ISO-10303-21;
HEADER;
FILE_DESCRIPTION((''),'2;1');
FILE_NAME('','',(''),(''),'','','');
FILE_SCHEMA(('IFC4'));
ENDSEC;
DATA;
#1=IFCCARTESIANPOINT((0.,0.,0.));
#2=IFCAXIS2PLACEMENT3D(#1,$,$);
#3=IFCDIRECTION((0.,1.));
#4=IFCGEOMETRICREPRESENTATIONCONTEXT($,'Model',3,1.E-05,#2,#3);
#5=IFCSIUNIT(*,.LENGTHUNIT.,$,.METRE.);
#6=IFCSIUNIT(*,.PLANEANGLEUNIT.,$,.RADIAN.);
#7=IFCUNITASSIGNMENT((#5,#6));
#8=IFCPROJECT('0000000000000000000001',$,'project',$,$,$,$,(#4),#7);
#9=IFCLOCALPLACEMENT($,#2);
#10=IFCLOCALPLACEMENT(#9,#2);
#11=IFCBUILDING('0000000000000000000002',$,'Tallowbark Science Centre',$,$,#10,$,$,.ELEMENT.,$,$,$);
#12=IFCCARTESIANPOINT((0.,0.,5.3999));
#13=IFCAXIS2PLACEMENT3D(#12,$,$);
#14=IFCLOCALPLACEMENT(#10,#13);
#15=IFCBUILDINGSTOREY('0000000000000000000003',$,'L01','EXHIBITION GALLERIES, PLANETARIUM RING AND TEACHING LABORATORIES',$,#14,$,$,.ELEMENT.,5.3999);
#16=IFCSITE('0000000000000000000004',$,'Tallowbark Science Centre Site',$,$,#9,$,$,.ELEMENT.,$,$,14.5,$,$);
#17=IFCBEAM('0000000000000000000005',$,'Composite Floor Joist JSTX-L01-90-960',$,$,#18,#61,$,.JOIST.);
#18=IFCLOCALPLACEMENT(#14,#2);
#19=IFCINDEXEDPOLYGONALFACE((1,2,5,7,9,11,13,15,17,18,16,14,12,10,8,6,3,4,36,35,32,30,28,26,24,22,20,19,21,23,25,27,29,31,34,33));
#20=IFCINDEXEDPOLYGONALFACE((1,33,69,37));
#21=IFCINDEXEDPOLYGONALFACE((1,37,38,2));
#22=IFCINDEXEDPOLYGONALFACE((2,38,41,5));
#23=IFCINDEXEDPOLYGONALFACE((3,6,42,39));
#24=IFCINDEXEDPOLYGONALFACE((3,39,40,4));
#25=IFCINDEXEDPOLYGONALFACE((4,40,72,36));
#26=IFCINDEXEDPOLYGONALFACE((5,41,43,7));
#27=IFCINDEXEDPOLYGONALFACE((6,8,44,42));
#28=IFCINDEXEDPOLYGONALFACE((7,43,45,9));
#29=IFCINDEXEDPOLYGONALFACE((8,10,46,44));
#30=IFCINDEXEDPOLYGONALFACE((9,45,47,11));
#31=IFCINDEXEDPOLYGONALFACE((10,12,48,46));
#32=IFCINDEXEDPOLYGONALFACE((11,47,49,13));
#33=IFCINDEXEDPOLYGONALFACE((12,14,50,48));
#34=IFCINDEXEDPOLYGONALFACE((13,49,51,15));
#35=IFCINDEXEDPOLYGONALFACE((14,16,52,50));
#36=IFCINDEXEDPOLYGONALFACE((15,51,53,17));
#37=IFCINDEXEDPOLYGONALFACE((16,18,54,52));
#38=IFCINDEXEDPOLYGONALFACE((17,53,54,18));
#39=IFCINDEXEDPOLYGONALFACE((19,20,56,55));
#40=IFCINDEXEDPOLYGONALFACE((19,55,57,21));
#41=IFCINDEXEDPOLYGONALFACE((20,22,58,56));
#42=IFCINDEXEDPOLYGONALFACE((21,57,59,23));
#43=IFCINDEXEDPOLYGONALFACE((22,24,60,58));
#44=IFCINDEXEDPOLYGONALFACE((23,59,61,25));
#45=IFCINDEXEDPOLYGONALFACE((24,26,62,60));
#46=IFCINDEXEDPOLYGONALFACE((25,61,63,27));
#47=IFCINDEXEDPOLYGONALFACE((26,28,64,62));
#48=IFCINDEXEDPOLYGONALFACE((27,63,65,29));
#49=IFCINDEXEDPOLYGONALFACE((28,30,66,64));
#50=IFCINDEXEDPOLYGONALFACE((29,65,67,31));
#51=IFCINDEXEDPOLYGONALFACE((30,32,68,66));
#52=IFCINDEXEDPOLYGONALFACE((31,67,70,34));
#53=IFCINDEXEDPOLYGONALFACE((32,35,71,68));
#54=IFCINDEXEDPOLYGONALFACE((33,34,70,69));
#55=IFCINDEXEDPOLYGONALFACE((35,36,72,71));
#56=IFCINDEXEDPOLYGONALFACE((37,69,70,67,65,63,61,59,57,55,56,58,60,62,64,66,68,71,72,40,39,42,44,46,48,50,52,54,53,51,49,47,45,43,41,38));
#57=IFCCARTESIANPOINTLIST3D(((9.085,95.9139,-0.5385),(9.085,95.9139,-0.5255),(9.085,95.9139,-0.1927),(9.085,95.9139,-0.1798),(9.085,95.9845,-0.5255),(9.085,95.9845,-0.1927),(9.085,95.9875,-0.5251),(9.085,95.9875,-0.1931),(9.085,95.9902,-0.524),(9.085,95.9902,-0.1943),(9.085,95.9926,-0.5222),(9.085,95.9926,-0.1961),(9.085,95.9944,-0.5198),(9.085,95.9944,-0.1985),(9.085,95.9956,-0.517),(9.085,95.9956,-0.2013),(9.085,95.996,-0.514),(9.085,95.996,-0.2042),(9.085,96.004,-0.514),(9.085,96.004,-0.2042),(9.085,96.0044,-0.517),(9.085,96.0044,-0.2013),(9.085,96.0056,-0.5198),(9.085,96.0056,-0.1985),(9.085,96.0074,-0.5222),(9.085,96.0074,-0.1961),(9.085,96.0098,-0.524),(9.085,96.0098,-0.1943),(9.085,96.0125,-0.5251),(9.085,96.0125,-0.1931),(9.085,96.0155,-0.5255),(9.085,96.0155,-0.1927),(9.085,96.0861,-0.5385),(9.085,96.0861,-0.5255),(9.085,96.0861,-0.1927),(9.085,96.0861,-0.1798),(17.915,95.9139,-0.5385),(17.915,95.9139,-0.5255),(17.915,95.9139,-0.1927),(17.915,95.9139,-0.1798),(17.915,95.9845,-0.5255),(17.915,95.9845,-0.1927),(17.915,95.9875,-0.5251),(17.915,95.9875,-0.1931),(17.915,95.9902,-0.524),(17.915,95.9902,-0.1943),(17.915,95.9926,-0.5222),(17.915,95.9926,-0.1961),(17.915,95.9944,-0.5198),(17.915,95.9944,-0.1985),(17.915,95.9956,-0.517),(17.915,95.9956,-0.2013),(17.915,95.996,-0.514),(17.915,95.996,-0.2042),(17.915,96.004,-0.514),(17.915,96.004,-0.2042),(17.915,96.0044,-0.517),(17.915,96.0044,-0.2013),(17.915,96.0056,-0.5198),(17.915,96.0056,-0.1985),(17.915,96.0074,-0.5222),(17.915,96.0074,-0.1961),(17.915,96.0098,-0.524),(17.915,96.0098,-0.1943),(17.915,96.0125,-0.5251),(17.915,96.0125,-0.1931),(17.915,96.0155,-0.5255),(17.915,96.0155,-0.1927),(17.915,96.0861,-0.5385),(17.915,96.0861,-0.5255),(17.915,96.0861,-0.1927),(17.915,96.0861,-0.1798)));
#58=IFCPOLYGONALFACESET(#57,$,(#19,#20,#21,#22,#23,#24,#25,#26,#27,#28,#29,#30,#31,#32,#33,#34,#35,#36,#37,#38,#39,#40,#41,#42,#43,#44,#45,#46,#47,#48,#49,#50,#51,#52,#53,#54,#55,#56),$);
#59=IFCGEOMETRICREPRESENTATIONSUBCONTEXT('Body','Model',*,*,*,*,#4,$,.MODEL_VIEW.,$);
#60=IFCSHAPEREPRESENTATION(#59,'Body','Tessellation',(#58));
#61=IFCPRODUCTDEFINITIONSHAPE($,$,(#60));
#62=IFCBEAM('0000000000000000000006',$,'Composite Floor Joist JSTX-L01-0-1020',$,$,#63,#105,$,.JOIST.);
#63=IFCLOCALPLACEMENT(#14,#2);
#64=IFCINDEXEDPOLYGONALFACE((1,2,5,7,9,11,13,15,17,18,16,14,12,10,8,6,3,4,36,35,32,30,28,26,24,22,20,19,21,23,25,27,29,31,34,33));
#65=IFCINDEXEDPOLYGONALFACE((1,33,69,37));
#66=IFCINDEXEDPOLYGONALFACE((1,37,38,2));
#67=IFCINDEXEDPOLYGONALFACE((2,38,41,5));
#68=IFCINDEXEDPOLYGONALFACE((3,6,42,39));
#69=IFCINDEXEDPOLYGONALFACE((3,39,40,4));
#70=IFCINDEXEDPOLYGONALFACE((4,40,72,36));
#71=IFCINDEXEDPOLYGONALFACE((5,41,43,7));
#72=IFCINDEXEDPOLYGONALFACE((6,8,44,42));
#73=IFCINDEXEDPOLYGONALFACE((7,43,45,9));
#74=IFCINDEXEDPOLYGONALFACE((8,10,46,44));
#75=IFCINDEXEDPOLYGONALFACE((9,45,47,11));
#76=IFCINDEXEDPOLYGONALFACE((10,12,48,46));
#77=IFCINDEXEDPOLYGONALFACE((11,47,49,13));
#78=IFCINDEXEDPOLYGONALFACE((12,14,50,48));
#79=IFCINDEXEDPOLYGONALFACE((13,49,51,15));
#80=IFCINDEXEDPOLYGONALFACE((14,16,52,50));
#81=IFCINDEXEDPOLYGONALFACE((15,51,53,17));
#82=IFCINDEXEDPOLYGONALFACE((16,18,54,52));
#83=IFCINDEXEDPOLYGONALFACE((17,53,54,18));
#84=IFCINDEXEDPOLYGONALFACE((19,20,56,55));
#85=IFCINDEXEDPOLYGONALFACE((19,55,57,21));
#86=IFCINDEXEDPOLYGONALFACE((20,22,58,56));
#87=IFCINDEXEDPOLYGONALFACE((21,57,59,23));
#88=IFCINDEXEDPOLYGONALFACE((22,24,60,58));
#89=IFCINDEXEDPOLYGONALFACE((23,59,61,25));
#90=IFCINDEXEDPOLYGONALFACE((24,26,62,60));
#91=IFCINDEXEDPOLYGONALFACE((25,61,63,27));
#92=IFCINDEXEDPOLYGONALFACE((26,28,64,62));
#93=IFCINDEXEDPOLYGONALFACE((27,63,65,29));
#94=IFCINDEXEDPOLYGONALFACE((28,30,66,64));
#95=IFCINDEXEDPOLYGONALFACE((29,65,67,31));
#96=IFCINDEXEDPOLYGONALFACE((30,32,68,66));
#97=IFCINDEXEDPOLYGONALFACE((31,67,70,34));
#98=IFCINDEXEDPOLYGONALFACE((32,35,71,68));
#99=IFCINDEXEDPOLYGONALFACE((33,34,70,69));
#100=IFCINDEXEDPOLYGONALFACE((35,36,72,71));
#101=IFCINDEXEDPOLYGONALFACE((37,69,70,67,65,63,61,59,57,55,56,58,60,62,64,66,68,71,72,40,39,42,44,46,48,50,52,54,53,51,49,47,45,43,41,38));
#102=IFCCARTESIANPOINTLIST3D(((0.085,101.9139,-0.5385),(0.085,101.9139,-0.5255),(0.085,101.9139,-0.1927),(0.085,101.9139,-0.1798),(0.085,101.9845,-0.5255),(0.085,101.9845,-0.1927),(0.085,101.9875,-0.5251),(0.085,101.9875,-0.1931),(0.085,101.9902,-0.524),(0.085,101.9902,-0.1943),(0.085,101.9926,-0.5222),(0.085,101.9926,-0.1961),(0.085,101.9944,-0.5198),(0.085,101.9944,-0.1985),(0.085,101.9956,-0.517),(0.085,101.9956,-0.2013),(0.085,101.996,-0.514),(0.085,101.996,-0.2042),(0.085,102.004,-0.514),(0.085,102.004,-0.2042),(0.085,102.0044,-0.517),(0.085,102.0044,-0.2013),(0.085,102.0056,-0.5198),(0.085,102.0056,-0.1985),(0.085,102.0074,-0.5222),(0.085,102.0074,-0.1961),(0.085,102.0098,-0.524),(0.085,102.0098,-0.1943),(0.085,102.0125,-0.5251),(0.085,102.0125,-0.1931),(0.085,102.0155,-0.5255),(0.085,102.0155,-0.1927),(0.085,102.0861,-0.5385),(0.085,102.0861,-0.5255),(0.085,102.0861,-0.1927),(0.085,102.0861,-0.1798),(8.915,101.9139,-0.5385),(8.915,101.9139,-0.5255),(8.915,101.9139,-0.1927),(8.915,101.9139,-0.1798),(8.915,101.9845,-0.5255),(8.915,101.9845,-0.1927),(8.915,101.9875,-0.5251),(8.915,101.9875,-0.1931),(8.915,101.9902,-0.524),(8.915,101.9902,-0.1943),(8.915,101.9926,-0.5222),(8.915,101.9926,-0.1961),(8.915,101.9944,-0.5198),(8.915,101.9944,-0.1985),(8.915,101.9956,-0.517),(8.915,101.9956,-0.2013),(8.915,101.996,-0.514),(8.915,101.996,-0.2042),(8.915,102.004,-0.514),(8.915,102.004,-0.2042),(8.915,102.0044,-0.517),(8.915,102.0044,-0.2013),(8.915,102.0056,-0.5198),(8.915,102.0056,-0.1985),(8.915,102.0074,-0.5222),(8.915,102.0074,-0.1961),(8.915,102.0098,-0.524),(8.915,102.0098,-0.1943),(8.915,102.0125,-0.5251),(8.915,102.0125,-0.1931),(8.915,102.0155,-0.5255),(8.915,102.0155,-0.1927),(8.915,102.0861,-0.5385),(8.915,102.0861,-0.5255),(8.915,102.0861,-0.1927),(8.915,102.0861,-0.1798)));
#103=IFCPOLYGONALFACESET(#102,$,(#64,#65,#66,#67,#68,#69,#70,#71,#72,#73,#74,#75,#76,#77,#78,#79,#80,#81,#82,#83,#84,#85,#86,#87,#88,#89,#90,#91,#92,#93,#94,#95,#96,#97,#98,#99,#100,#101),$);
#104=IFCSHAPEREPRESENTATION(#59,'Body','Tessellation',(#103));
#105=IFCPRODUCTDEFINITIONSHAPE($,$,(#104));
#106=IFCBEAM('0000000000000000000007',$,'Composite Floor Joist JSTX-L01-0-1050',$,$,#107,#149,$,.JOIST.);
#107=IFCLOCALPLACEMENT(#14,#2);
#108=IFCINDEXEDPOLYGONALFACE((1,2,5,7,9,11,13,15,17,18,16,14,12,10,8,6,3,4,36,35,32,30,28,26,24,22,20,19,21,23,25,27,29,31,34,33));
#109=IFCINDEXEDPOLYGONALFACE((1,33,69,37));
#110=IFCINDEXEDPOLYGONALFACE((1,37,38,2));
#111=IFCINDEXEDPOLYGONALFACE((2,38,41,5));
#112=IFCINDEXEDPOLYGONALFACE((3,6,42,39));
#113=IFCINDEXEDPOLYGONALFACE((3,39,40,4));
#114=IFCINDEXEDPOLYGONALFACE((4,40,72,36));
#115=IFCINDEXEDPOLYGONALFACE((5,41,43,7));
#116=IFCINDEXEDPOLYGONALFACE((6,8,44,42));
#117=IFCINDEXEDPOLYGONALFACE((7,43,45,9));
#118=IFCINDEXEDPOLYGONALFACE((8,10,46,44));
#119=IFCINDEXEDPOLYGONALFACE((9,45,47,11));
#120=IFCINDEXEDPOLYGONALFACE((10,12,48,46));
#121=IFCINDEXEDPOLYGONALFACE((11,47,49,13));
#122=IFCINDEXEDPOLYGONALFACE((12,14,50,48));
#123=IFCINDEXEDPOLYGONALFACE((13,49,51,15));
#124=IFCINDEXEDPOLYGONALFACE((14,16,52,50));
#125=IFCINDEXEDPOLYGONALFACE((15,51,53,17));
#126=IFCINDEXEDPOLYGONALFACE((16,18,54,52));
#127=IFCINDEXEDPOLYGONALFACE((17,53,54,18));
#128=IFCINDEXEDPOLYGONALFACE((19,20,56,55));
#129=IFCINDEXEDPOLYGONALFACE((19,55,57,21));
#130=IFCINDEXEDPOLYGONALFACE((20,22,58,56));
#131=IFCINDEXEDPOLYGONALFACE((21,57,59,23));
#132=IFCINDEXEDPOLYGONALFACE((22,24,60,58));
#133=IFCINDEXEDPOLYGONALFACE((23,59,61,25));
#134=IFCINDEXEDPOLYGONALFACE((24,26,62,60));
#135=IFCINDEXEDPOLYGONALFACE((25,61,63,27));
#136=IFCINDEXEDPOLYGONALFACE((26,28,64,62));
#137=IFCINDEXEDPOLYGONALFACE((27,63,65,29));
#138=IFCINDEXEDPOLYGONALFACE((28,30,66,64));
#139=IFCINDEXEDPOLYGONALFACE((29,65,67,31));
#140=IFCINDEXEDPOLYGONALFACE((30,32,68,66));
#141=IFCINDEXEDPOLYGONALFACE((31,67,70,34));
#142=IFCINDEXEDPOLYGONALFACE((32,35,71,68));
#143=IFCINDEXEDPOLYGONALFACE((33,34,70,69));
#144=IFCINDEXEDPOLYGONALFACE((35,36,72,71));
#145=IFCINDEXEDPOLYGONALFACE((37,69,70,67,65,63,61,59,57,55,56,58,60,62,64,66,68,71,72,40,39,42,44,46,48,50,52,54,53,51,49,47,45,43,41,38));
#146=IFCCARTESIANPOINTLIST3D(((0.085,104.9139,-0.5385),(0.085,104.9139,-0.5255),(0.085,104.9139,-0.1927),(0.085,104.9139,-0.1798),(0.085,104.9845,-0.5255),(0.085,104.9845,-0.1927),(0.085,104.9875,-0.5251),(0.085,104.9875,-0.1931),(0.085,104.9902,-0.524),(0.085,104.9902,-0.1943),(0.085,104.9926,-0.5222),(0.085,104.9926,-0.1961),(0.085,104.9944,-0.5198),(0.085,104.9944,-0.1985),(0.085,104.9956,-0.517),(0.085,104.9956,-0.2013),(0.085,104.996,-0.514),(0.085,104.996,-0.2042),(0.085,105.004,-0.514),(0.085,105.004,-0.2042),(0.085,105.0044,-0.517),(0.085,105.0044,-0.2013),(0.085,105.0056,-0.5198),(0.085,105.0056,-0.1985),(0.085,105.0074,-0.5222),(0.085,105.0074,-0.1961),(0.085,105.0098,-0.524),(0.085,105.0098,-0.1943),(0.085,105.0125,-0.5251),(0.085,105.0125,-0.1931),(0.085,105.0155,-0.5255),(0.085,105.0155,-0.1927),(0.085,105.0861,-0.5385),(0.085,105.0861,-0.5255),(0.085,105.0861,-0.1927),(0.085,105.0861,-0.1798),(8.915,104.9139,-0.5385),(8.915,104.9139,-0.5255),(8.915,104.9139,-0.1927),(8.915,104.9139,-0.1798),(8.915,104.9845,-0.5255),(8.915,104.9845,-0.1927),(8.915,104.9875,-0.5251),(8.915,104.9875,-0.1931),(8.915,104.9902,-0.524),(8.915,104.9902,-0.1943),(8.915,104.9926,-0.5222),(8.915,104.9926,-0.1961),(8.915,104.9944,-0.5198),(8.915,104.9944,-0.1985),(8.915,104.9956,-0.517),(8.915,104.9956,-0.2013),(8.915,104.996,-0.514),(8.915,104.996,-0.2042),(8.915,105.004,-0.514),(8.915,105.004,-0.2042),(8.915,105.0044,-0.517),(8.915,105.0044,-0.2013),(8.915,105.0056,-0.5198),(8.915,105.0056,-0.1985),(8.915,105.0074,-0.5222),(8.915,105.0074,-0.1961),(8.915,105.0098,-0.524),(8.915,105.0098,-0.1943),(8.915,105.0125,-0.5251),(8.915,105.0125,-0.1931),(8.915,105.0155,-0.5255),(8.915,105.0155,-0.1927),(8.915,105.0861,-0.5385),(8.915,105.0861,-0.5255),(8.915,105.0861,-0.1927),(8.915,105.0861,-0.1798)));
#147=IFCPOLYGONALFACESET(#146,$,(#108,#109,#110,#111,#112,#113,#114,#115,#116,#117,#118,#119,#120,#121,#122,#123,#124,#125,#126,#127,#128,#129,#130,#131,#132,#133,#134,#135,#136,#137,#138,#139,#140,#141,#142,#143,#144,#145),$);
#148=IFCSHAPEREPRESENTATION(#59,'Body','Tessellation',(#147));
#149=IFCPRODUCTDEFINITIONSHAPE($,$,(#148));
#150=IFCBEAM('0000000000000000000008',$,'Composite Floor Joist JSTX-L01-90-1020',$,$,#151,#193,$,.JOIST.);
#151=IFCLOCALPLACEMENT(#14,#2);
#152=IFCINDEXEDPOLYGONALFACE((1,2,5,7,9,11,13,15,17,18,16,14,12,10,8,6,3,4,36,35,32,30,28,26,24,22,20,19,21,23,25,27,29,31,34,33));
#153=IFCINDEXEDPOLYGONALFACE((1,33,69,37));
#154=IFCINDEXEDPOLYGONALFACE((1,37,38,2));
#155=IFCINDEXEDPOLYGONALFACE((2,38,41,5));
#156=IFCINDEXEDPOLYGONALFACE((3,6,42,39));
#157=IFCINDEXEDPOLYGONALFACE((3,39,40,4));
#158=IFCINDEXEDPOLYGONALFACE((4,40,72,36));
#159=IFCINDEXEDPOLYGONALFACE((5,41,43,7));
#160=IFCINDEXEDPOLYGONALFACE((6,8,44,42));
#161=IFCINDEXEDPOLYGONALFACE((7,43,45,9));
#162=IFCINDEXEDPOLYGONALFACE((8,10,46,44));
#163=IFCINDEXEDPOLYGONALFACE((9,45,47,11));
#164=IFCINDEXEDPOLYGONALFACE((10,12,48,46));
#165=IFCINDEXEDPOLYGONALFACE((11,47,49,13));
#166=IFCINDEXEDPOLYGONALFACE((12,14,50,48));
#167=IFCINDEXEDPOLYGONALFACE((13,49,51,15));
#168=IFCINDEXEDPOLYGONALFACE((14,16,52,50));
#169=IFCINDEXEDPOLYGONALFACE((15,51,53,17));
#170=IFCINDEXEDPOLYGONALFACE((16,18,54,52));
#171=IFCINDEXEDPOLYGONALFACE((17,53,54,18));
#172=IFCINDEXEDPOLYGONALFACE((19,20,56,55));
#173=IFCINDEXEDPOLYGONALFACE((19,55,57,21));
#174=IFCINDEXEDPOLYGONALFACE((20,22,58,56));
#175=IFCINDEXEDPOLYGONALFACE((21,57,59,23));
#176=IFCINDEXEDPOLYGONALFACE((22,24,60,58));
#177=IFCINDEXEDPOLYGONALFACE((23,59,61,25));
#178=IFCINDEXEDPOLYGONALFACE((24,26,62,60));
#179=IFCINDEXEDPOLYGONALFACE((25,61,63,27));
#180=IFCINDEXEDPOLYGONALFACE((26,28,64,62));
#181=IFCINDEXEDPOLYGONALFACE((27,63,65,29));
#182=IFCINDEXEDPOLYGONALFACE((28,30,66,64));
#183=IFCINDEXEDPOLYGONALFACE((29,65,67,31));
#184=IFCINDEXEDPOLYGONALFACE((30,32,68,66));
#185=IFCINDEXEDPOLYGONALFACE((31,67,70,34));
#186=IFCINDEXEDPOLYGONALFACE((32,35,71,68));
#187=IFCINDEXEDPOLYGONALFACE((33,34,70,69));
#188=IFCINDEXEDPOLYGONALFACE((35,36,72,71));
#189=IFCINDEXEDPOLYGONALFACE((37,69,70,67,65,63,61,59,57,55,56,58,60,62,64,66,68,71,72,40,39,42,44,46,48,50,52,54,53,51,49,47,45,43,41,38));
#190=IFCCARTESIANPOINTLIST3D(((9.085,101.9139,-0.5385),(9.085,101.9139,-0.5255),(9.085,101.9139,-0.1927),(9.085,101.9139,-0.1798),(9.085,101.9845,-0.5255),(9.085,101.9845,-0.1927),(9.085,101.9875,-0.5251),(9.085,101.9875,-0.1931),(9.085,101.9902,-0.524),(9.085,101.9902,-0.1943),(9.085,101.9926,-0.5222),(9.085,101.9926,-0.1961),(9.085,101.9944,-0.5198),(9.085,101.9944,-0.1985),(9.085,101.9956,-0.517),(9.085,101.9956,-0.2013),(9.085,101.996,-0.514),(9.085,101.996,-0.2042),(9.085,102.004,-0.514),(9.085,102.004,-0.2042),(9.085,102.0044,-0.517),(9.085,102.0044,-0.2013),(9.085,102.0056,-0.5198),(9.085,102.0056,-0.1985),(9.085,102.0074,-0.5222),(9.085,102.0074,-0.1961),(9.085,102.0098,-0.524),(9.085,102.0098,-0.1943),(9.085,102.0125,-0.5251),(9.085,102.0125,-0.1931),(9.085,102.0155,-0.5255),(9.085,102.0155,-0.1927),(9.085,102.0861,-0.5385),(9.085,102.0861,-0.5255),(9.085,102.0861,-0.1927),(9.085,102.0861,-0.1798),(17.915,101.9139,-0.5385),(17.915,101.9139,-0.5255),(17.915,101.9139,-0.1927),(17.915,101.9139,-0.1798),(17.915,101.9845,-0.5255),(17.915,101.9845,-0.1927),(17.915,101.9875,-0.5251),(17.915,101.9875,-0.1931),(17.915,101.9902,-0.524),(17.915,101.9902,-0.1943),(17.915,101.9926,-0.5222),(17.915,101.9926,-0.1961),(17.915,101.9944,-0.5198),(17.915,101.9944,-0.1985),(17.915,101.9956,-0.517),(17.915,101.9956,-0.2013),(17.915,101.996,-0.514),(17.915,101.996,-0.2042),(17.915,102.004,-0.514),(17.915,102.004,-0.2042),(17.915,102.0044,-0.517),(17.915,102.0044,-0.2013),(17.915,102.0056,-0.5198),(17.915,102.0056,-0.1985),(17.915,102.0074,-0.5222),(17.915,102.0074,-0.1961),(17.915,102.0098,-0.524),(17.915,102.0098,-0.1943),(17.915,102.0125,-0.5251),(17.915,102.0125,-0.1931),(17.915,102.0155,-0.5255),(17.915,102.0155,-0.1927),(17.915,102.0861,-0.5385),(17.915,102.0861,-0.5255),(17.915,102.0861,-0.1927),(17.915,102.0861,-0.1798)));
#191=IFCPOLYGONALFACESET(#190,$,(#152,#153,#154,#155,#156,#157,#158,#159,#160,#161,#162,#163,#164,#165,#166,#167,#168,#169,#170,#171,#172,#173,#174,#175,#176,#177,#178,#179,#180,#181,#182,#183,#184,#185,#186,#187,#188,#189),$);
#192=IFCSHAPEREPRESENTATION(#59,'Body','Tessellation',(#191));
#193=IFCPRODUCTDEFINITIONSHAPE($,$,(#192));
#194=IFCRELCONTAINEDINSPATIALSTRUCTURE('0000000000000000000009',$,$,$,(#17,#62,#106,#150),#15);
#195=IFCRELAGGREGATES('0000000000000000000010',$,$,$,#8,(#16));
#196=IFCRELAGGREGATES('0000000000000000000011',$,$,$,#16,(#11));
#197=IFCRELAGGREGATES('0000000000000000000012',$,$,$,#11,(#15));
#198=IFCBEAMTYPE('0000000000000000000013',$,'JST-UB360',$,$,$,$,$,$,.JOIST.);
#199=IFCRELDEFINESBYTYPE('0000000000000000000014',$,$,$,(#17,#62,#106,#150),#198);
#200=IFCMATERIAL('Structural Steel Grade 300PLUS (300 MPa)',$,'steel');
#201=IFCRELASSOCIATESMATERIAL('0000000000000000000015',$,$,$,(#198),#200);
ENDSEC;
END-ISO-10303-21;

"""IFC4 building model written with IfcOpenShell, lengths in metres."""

from ifc_helpers import new_model, si_unit, direction, frame, origin, origin_2d, place, context, subcontext, project, spatial, i_section, extrude, material, material_profile, profile_set, type_object, element, save


model = new_model("IFC4")

# Units and contexts
model_context = context("Model", 3, precision=1e-05, world=origin(), true_north=direction((0.0, 1.0)))
body_context = subcontext(model_context, "Body", "Model", "MODEL_VIEW")
ifc_project = project(units=[si_unit("LENGTHUNIT", "METRE"), si_unit("PLANEANGLEUNIT", "RADIAN")], contexts=[model_context])

# Site, building, storey
site_placement = place(None, origin())
site = spatial("IfcSite", under=ifc_project, at=site_placement, Name="Tallowbark Science Centre Site", CompositionType="ELEMENT", RefElevation=14.5)
building_placement = place(site_placement, origin())
building = spatial("IfcBuilding", under=site, at=building_placement, Name="Tallowbark Science Centre", CompositionType="ELEMENT")
storey_placement = place(building_placement, frame((0.0, 0.0, 5.3999)))
storey = spatial("IfcBuildingStorey", under=building, at=storey_placement, Name="L01", Description="EXHIBITION GALLERIES, PLANETARIUM RING AND TEACHING LABORATORIES", CompositionType="ELEMENT", Elevation=5.3999)

# Beams
ifc_material = material(Name="Structural Steel Grade 300PLUS (300 MPa)", Category="steel")
ifc_material_profile_1 = material_profile(ifc_material, i_section(OverallWidth=0.1721, OverallDepth=0.3586, WebThickness=0.0081, FlangeThickness=0.0129, FilletRadius=0.0115, at=origin_2d()), Name="360UB56.7")
ifc_profile_set_1 = profile_set([ifc_material_profile_1], Name="Structural Steel Grade 300PLUS (300 MPa)")
beam_type_1 = type_object("IfcBeamType", Name="JST-UB360", PredefinedType="JOIST", material=ifc_profile_set_1)
for number, where, z_axis, x_axis, name in (
    (1, (9.085, 96.0, -0.3591), (1.0, 0.0, 0.0), (0.0, 1.0, 0.0), "Composite Floor Joist JSTX-L01-90-960"),
    (2, (0.085, 102.0, -0.3591), (1.0, 0.0, 0.0), (0.0, 1.0, 0.0), "Composite Floor Joist JSTX-L01-0-1020"),
    (3, (0.085, 105.0, -0.3591), (1.0, 0.0, 0.0), (0.0, 1.0, 0.0), "Composite Floor Joist JSTX-L01-0-1050"),
    (4, (9.085, 102.0, -0.3591), (1.0, 0.0, 0.0), (0.0, 1.0, 0.0), "Composite Floor Joist JSTX-L01-90-1020"),
):
    element("IfcBeam", number, at=place(storey_placement, frame(where, z_axis=z_axis, x_axis=x_axis)), inside=storey, type_object=beam_type_1, Name=name, PredefinedType="JOIST", context=body_context, shape_type="SweptSolid", body=[
        extrude(i_section(OverallWidth=0.1721, OverallDepth=0.3586, WebThickness=0.0081, FlangeThickness=0.0129, FilletRadius=0.0115, at=origin_2d()), origin(), (0.0, 0.0, 1.0), 8.8301),
    ])

save(model, "model.ifc")
